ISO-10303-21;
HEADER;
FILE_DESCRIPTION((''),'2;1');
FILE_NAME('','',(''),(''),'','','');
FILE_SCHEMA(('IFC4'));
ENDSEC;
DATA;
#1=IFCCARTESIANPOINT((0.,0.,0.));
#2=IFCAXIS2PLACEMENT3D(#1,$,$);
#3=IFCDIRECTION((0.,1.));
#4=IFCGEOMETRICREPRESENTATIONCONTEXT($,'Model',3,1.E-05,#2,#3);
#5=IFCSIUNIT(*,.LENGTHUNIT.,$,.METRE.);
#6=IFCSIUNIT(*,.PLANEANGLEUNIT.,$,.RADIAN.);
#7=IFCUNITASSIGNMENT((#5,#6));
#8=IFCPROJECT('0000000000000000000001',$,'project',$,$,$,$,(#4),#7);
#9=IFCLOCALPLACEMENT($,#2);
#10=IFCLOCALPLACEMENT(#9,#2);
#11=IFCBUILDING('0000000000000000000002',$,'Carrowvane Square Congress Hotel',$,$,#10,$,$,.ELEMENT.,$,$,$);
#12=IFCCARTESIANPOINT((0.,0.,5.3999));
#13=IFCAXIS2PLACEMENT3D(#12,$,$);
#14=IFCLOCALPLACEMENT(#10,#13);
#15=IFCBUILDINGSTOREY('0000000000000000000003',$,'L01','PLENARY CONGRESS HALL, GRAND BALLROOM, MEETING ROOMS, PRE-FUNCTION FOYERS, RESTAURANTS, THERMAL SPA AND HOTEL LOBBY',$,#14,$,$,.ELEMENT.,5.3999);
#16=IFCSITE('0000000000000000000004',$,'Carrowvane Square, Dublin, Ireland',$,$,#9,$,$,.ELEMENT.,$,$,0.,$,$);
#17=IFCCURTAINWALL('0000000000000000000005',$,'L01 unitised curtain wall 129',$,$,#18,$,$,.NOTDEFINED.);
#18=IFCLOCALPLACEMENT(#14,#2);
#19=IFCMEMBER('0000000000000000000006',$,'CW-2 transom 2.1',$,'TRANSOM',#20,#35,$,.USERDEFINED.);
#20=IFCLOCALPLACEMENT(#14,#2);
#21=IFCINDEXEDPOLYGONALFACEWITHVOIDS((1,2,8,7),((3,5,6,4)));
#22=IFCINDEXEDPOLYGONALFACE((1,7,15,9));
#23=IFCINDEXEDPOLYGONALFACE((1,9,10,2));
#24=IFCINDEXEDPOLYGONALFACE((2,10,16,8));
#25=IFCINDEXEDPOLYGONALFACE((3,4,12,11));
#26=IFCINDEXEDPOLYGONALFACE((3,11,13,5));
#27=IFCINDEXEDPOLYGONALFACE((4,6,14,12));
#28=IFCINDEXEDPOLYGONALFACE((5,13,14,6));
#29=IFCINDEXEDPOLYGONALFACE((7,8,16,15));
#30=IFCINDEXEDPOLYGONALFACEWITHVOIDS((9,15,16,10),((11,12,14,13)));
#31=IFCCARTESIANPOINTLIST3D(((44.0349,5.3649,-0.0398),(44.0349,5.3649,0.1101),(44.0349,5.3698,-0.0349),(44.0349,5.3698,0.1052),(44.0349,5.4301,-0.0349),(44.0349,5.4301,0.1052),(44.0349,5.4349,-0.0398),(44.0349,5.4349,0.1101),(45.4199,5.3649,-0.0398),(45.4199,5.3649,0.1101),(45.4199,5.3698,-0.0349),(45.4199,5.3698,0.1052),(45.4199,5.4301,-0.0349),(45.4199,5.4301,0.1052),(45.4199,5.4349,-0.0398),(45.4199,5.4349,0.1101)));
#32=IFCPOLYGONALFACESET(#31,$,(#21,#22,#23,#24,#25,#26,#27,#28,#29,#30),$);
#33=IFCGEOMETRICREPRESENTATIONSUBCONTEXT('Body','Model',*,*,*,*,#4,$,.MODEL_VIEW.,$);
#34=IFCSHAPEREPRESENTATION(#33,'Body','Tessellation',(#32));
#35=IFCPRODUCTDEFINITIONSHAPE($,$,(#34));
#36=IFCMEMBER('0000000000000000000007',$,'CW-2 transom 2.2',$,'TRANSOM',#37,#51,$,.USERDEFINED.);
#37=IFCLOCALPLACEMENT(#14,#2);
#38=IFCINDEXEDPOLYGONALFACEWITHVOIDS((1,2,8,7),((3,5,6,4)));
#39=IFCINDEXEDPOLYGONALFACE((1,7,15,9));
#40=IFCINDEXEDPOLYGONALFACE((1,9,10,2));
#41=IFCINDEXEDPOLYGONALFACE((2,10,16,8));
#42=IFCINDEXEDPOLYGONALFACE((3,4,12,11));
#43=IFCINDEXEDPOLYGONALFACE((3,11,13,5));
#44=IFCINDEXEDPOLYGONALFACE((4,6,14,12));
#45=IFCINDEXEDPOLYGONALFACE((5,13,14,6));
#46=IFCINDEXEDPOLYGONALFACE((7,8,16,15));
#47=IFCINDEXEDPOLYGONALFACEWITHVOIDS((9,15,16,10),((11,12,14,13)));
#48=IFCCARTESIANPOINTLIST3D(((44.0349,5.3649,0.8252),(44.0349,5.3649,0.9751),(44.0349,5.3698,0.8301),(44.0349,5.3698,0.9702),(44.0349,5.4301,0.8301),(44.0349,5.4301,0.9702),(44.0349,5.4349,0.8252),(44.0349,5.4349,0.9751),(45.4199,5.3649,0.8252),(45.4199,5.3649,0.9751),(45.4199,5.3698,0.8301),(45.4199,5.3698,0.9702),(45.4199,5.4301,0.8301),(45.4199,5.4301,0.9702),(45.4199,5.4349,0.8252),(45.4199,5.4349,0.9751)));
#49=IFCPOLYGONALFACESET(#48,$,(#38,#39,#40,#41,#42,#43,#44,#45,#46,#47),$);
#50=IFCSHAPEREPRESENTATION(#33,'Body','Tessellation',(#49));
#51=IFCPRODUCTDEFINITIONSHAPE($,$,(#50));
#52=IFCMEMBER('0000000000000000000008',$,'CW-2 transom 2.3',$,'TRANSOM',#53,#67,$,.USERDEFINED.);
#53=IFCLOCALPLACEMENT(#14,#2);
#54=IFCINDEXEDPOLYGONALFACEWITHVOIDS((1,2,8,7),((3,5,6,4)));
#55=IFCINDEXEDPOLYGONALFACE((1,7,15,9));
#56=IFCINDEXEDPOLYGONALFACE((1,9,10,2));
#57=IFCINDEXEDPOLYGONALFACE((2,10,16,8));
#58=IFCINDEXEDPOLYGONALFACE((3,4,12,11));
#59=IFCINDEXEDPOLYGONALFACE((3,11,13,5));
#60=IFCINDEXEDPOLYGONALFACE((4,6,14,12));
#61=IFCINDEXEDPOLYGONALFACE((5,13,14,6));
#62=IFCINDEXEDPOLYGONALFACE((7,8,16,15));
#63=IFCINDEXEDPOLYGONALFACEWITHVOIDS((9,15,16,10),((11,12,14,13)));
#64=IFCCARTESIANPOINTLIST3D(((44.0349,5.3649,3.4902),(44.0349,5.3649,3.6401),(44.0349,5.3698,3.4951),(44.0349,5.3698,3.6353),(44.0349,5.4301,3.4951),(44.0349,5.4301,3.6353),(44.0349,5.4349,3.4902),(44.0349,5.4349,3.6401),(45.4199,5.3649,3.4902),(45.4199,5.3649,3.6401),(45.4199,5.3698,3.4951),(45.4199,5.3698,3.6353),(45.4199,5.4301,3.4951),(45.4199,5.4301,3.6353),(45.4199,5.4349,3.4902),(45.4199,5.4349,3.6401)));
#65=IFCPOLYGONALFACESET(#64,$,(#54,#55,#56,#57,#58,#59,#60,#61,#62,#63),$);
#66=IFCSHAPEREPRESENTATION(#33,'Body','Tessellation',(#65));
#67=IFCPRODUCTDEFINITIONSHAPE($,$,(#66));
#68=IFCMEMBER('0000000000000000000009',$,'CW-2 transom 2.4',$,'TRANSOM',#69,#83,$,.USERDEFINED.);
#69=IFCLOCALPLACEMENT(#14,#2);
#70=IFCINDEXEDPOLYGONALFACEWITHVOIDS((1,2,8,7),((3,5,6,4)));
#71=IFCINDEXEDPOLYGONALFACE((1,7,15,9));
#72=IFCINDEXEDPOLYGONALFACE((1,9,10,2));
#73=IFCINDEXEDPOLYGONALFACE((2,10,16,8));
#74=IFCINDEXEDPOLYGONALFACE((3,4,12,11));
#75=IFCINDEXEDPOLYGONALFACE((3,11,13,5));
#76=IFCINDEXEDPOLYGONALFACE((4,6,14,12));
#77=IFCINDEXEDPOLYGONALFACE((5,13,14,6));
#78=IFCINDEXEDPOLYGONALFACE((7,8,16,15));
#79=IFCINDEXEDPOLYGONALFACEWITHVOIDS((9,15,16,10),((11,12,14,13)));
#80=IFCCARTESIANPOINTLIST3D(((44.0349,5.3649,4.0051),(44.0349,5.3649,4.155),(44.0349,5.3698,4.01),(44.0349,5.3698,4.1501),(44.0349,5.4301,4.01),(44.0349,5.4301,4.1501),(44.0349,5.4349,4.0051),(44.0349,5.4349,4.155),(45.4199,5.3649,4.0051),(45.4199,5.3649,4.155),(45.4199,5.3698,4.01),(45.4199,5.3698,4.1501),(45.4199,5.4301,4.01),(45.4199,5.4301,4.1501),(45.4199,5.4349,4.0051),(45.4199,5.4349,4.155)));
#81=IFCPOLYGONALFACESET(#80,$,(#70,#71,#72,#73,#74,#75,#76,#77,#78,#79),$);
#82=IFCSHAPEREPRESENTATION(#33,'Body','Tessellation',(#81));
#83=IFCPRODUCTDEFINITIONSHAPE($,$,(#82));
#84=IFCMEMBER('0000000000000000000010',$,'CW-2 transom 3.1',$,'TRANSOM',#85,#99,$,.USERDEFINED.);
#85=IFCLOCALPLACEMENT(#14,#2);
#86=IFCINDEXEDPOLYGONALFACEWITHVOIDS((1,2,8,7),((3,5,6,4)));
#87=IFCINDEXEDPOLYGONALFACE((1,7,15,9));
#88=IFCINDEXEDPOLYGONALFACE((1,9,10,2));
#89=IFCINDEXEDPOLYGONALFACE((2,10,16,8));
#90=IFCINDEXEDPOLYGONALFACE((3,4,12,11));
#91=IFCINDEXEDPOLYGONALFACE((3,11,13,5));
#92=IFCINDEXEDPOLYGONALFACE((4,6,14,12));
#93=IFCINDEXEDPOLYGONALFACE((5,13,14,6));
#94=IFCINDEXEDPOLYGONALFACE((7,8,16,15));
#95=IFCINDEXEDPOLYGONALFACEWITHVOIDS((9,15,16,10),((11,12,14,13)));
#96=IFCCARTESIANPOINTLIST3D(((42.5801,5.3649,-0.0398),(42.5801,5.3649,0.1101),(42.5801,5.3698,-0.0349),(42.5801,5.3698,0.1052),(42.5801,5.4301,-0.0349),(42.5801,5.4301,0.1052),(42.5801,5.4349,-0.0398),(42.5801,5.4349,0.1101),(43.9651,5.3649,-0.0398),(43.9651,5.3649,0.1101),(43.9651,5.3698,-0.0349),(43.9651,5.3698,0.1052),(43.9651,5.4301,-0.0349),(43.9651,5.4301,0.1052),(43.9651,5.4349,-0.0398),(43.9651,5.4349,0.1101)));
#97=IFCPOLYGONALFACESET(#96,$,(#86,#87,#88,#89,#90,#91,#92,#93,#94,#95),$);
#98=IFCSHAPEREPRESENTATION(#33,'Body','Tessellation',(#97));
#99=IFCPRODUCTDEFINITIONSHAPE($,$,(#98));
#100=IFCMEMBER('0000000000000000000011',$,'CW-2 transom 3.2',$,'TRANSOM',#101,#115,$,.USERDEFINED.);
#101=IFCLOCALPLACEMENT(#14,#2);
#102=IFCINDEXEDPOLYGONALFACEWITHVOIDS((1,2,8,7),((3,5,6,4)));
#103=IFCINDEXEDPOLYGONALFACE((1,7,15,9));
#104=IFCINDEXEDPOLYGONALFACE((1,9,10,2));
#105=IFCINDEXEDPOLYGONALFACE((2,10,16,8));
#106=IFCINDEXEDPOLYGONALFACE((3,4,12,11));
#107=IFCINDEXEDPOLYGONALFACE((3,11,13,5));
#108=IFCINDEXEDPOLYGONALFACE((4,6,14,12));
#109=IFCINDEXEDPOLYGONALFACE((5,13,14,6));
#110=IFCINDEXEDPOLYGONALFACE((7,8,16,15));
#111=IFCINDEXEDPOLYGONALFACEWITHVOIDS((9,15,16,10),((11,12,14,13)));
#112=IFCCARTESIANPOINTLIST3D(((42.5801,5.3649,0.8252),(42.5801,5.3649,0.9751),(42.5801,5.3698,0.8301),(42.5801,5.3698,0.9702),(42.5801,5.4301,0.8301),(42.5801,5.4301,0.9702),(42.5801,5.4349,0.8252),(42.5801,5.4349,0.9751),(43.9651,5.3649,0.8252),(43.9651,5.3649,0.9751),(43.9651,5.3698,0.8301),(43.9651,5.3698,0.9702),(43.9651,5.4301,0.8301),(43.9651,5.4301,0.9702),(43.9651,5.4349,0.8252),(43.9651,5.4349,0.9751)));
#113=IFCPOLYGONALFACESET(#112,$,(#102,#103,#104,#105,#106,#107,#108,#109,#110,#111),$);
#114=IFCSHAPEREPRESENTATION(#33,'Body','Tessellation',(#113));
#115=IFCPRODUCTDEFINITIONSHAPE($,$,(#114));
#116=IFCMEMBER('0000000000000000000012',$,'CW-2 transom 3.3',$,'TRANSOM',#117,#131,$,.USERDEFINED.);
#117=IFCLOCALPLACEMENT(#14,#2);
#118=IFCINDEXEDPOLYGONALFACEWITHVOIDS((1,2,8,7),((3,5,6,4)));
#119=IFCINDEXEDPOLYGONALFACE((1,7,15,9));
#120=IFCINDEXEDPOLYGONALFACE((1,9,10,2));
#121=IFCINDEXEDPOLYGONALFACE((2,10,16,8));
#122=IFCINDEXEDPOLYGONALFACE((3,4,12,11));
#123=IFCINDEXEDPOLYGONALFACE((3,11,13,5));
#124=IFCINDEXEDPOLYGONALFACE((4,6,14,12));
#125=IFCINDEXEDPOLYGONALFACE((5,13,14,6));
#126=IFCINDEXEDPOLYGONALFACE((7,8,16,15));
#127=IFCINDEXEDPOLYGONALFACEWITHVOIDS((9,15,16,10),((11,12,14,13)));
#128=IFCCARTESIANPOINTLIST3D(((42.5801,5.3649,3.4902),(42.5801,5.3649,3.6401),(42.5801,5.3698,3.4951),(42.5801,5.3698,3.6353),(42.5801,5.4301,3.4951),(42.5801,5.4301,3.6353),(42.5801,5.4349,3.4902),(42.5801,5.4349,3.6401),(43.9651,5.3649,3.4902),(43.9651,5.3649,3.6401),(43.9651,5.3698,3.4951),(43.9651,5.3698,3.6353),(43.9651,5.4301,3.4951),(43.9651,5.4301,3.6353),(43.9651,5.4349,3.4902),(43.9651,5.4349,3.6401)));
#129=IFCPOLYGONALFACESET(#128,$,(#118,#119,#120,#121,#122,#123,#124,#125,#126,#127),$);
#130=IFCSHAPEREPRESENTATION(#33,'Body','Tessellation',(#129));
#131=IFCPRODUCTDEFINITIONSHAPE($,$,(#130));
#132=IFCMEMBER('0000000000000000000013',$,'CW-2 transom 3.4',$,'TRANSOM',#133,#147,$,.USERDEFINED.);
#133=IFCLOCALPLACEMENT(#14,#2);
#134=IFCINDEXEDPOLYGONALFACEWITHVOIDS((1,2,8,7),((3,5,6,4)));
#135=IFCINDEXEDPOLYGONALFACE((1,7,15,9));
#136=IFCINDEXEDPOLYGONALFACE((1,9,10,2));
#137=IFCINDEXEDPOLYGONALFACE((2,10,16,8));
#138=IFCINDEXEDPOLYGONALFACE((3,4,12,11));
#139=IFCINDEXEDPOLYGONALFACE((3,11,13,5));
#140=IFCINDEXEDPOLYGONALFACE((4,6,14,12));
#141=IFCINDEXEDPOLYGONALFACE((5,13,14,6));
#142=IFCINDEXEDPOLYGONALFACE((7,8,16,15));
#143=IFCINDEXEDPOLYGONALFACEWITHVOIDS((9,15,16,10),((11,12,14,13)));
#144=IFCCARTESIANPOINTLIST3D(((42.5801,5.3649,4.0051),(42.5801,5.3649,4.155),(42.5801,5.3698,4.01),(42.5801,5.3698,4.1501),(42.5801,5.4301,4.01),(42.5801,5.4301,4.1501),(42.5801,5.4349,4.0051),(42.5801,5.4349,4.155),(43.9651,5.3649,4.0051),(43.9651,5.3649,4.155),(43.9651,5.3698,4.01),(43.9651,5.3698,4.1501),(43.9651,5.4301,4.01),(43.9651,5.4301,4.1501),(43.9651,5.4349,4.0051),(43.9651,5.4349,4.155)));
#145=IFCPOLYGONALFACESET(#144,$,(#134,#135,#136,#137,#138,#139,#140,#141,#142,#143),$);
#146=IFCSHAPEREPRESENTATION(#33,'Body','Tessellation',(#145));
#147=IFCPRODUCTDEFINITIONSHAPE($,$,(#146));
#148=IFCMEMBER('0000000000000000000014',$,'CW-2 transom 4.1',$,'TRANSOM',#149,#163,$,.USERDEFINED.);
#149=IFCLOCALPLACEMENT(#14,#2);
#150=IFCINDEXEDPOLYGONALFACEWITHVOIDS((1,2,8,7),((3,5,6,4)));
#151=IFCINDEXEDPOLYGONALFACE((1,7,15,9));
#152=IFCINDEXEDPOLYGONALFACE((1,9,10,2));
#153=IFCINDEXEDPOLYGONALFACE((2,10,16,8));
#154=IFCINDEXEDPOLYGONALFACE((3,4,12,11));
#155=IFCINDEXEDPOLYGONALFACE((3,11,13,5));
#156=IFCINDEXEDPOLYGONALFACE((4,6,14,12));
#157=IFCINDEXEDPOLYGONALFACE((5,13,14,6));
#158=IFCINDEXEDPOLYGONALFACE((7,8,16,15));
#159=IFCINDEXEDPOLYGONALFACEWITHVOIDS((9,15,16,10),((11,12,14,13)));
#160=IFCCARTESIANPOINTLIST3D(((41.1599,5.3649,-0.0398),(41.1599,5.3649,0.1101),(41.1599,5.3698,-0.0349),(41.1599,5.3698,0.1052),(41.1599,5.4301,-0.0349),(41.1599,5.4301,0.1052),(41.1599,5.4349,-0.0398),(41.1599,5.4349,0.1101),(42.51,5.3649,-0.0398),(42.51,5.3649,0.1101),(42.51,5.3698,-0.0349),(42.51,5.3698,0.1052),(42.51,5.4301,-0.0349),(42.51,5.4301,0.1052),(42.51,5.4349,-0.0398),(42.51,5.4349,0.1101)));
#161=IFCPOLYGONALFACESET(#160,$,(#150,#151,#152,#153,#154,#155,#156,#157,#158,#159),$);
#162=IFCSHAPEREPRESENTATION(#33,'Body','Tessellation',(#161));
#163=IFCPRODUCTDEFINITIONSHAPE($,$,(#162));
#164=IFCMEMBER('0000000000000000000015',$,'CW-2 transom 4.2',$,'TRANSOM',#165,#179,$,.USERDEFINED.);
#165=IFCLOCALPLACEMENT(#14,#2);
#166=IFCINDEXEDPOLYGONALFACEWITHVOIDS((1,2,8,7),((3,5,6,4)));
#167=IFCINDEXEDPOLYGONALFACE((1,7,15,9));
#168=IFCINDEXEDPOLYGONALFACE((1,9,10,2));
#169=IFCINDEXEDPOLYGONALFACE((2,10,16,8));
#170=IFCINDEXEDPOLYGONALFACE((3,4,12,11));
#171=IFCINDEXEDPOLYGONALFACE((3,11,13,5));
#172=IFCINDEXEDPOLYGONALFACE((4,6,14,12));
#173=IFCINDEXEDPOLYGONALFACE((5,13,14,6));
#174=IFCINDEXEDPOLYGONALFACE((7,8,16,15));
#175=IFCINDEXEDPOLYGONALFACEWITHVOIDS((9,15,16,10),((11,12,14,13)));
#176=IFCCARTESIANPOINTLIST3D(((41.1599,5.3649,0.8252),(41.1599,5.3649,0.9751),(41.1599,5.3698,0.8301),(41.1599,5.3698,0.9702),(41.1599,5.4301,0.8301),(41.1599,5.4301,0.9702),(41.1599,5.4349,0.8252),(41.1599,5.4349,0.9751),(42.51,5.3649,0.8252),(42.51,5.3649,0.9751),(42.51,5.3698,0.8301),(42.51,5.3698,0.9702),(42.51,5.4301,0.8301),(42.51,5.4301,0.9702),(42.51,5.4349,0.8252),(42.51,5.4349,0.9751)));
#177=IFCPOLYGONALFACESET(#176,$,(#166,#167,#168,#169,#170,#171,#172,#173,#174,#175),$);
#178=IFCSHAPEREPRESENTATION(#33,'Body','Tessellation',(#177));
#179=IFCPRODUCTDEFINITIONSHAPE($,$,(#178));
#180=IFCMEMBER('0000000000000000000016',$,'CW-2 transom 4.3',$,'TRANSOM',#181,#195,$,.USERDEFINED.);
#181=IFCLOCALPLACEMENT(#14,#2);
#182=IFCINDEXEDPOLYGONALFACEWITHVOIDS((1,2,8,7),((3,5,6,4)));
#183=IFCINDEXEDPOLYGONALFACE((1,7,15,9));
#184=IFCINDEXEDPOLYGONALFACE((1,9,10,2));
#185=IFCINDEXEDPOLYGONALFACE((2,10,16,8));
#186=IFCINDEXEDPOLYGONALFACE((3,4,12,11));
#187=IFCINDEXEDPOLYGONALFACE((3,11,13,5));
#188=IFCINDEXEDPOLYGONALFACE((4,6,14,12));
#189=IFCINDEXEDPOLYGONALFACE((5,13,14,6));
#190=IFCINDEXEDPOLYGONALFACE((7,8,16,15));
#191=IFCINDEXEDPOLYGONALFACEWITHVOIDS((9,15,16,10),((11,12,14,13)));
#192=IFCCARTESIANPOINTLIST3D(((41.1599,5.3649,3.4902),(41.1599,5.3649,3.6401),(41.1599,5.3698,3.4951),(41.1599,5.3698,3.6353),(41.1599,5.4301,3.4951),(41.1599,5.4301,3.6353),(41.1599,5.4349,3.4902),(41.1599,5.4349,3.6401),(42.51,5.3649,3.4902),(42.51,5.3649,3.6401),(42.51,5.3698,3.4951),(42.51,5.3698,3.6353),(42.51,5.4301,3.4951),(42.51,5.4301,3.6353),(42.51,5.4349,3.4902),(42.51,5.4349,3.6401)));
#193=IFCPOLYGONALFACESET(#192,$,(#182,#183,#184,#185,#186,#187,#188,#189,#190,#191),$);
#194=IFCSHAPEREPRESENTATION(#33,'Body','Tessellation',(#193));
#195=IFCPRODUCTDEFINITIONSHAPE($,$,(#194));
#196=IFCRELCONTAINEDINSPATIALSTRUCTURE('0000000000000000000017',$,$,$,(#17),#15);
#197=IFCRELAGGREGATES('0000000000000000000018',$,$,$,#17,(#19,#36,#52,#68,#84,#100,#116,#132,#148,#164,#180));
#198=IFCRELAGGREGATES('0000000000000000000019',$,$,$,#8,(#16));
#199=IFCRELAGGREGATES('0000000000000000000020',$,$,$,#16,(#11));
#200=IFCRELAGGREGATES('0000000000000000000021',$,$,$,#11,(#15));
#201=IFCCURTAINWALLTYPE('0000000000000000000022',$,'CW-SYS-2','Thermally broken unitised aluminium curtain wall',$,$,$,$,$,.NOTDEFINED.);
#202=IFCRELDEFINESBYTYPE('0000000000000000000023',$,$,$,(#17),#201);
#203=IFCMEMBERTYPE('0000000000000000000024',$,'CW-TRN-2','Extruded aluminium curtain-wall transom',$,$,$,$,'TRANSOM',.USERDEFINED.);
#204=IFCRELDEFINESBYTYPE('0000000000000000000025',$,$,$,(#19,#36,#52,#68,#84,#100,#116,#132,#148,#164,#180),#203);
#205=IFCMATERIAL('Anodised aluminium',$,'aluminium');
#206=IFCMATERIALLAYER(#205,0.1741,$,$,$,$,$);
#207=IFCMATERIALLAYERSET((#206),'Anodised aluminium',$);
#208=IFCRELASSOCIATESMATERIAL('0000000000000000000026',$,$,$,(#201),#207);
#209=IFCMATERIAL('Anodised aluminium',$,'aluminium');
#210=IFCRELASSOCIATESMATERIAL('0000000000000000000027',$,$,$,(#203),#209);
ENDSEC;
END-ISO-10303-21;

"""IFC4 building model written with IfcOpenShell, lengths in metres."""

from ifc_helpers import new_model, si_unit, direction, frame, origin, origin_2d, place, context, subcontext, project, spatial, hollow_rectangle, extrude, material, layer, layer_set, material_profile, profile_set, type_object, element, aggregate, save


model = new_model("IFC4")

# Units and contexts
model_context = context("Model", 3, precision=1e-05, world=origin(), true_north=direction((0.0, 1.0)))
body_context = subcontext(model_context, "Body", "Model", "MODEL_VIEW")
ifc_project = project(units=[si_unit("LENGTHUNIT", "METRE"), si_unit("PLANEANGLEUNIT", "RADIAN")], contexts=[model_context])

# Site, building, storey
site_placement = place(None, origin())
site = spatial("IfcSite", under=ifc_project, at=site_placement, Name="Carrowvane Square, Dublin, Ireland", CompositionType="ELEMENT", RefElevation=0.0)
building_placement = place(site_placement, origin())
building = spatial("IfcBuilding", under=site, at=building_placement, Name="Carrowvane Square Congress Hotel", CompositionType="ELEMENT")
storey_placement = place(building_placement, frame((0.0, 0.0, 5.3999)))
storey = spatial("IfcBuildingStorey", under=building, at=storey_placement, Name="L01", Description="PLENARY CONGRESS HALL, GRAND BALLROOM, MEETING ROOMS, PRE-FUNCTION FOYERS, RESTAURANTS, THERMAL SPA AND HOTEL LOBBY", CompositionType="ELEMENT", Elevation=5.3999)

# Curtain wall, members
ifc_material_1 = material(Name="Anodised aluminium", Category="aluminium")
ifc_layer_1 = layer(ifc_material_1, 0.1741)
ifc_layer_set_1 = layer_set([ifc_layer_1], Name="Anodised aluminium")
curtain_wall_type_1 = type_object("IfcCurtainWallType", Name="CW-SYS-2", Description="Thermally broken unitised aluminium curtain wall", PredefinedType="NOTDEFINED", material=ifc_layer_set_1)
curtain_wall_1_placement = place(storey_placement, origin())
curtain_wall_1 = element("IfcCurtainWall", 1, at=curtain_wall_1_placement, inside=storey, type_object=curtain_wall_type_1, Name="L01 unitised curtain wall 129", PredefinedType="NOTDEFINED")
ifc_material_2 = material(Name="Anodised aluminium", Category="aluminium")
ifc_material_profile_1 = material_profile(ifc_material_2, hollow_rectangle(XDim=0.0701, YDim=0.1499, WallThickness=0.0049, at=origin_2d()), Name="CW-TR 70x150x5")
ifc_profile_set_1 = profile_set([ifc_material_profile_1], Name="Anodised aluminium")
member_type_1 = type_object("IfcMemberType", Name="CW-TRN-2", Description="Extruded aluminium curtain-wall transom", ElementType="TRANSOM", PredefinedType="USERDEFINED", material=ifc_profile_set_1)
member_1_placement = place(storey_placement, frame((45.4199, 5.3999, 0.0352), z_axis=(-1.0, 0.0, 0.0), x_axis=(0.0, -1.0, 0.0)))
member_1 = element("IfcMember", 2, at=member_1_placement, type_object=member_type_1, Name="CW-2 transom 2.1", ObjectType="TRANSOM", PredefinedType="USERDEFINED", context=body_context, shape_type="SweptSolid", body=[
    extrude(hollow_rectangle(XDim=0.0701, YDim=0.1499, WallThickness=0.0049, at=origin_2d()), origin(), (0.0, 0.0, 1.0), 1.385),
])
member_2_placement = place(storey_placement, frame((45.4199, 5.3999, 0.9001), z_axis=(-1.0, 0.0, 0.0), x_axis=(0.0, -1.0, 0.0)))
member_2 = element("IfcMember", 3, at=member_2_placement, type_object=member_type_1, Name="CW-2 transom 2.2", ObjectType="TRANSOM", PredefinedType="USERDEFINED", context=body_context, shape_type="SweptSolid", body=[
    extrude(hollow_rectangle(XDim=0.0701, YDim=0.1499, WallThickness=0.0049, at=origin_2d()), origin(), (0.0, 0.0, 1.0), 1.385),
])
member_3_placement = place(storey_placement, frame((45.4199, 5.3999, 3.5652), z_axis=(-1.0, 0.0, 0.0), x_axis=(0.0, -1.0, 0.0)))
member_3 = element("IfcMember", 4, at=member_3_placement, type_object=member_type_1, Name="CW-2 transom 2.3", ObjectType="TRANSOM", PredefinedType="USERDEFINED", context=body_context, shape_type="SweptSolid", body=[
    extrude(hollow_rectangle(XDim=0.0701, YDim=0.1499, WallThickness=0.0049, at=origin_2d()), origin(), (0.0, 0.0, 1.0), 1.385),
])
member_4_placement = place(storey_placement, frame((45.4199, 5.3999, 4.0801), z_axis=(-1.0, 0.0, 0.0), x_axis=(0.0, -1.0, 0.0)))
member_4 = element("IfcMember", 5, at=member_4_placement, type_object=member_type_1, Name="CW-2 transom 2.4", ObjectType="TRANSOM", PredefinedType="USERDEFINED", context=body_context, shape_type="SweptSolid", body=[
    extrude(hollow_rectangle(XDim=0.0701, YDim=0.1499, WallThickness=0.0049, at=origin_2d()), origin(), (0.0, 0.0, 1.0), 1.385),
])
member_5_placement = place(storey_placement, frame((43.9651, 5.3999, 0.0352), z_axis=(-1.0, 0.0, 0.0), x_axis=(0.0, -1.0, 0.0)))
member_5 = element("IfcMember", 6, at=member_5_placement, type_object=member_type_1, Name="CW-2 transom 3.1", ObjectType="TRANSOM", PredefinedType="USERDEFINED", context=body_context, shape_type="SweptSolid", body=[
    extrude(hollow_rectangle(XDim=0.0701, YDim=0.1499, WallThickness=0.0049, at=origin_2d()), origin(), (0.0, 0.0, 1.0), 1.385),
])
member_6_placement = place(storey_placement, frame((43.9651, 5.3999, 0.9001), z_axis=(-1.0, 0.0, 0.0), x_axis=(0.0, -1.0, 0.0)))
member_6 = element("IfcMember", 7, at=member_6_placement, type_object=member_type_1, Name="CW-2 transom 3.2", ObjectType="TRANSOM", PredefinedType="USERDEFINED", context=body_context, shape_type="SweptSolid", body=[
    extrude(hollow_rectangle(XDim=0.0701, YDim=0.1499, WallThickness=0.0049, at=origin_2d()), origin(), (0.0, 0.0, 1.0), 1.385),
])
member_7_placement = place(storey_placement, frame((43.9651, 5.3999, 3.5652), z_axis=(-1.0, 0.0, 0.0), x_axis=(0.0, -1.0, 0.0)))
member_7 = element("IfcMember", 8, at=member_7_placement, type_object=member_type_1, Name="CW-2 transom 3.3", ObjectType="TRANSOM", PredefinedType="USERDEFINED", context=body_context, shape_type="SweptSolid", body=[
    extrude(hollow_rectangle(XDim=0.0701, YDim=0.1499, WallThickness=0.0049, at=origin_2d()), origin(), (0.0, 0.0, 1.0), 1.385),
])
member_8_placement = place(storey_placement, frame((43.9651, 5.3999, 4.0801), z_axis=(-1.0, 0.0, 0.0), x_axis=(0.0, -1.0, 0.0)))
member_8 = element("IfcMember", 9, at=member_8_placement, type_object=member_type_1, Name="CW-2 transom 3.4", ObjectType="TRANSOM", PredefinedType="USERDEFINED", context=body_context, shape_type="SweptSolid", body=[
    extrude(hollow_rectangle(XDim=0.0701, YDim=0.1499, WallThickness=0.0049, at=origin_2d()), origin(), (0.0, 0.0, 1.0), 1.385),
])
member_9_placement = place(storey_placement, frame((42.51, 5.3999, 0.0352), z_axis=(-1.0, 0.0, 0.0), x_axis=(0.0, -1.0, 0.0)))
member_9 = element("IfcMember", 10, at=member_9_placement, type_object=member_type_1, Name="CW-2 transom 4.1", ObjectType="TRANSOM", PredefinedType="USERDEFINED", context=body_context, shape_type="SweptSolid", body=[
    extrude(hollow_rectangle(XDim=0.0701, YDim=0.1499, WallThickness=0.0049, at=origin_2d()), origin(), (0.0, 0.0, 1.0), 1.3501),
])
member_10_placement = place(storey_placement, frame((42.51, 5.3999, 0.9001), z_axis=(-1.0, 0.0, 0.0), x_axis=(0.0, -1.0, 0.0)))
member_10 = element("IfcMember", 11, at=member_10_placement, type_object=member_type_1, Name="CW-2 transom 4.2", ObjectType="TRANSOM", PredefinedType="USERDEFINED", context=body_context, shape_type="SweptSolid", body=[
    extrude(hollow_rectangle(XDim=0.0701, YDim=0.1499, WallThickness=0.0049, at=origin_2d()), origin(), (0.0, 0.0, 1.0), 1.3501),
])
member_11_placement = place(storey_placement, frame((42.51, 5.3999, 3.5652), z_axis=(-1.0, 0.0, 0.0), x_axis=(0.0, -1.0, 0.0)))
member_11 = element("IfcMember", 12, at=member_11_placement, type_object=member_type_1, Name="CW-2 transom 4.3", ObjectType="TRANSOM", PredefinedType="USERDEFINED", context=body_context, shape_type="SweptSolid", body=[
    extrude(hollow_rectangle(XDim=0.0701, YDim=0.1499, WallThickness=0.0049, at=origin_2d()), origin(), (0.0, 0.0, 1.0), 1.3501),
])

aggregate(curtain_wall_1, [member_1, member_2, member_3, member_4, member_5, member_6, member_7, member_8, member_9, member_10, member_11])

save(model, "model.ifc")
